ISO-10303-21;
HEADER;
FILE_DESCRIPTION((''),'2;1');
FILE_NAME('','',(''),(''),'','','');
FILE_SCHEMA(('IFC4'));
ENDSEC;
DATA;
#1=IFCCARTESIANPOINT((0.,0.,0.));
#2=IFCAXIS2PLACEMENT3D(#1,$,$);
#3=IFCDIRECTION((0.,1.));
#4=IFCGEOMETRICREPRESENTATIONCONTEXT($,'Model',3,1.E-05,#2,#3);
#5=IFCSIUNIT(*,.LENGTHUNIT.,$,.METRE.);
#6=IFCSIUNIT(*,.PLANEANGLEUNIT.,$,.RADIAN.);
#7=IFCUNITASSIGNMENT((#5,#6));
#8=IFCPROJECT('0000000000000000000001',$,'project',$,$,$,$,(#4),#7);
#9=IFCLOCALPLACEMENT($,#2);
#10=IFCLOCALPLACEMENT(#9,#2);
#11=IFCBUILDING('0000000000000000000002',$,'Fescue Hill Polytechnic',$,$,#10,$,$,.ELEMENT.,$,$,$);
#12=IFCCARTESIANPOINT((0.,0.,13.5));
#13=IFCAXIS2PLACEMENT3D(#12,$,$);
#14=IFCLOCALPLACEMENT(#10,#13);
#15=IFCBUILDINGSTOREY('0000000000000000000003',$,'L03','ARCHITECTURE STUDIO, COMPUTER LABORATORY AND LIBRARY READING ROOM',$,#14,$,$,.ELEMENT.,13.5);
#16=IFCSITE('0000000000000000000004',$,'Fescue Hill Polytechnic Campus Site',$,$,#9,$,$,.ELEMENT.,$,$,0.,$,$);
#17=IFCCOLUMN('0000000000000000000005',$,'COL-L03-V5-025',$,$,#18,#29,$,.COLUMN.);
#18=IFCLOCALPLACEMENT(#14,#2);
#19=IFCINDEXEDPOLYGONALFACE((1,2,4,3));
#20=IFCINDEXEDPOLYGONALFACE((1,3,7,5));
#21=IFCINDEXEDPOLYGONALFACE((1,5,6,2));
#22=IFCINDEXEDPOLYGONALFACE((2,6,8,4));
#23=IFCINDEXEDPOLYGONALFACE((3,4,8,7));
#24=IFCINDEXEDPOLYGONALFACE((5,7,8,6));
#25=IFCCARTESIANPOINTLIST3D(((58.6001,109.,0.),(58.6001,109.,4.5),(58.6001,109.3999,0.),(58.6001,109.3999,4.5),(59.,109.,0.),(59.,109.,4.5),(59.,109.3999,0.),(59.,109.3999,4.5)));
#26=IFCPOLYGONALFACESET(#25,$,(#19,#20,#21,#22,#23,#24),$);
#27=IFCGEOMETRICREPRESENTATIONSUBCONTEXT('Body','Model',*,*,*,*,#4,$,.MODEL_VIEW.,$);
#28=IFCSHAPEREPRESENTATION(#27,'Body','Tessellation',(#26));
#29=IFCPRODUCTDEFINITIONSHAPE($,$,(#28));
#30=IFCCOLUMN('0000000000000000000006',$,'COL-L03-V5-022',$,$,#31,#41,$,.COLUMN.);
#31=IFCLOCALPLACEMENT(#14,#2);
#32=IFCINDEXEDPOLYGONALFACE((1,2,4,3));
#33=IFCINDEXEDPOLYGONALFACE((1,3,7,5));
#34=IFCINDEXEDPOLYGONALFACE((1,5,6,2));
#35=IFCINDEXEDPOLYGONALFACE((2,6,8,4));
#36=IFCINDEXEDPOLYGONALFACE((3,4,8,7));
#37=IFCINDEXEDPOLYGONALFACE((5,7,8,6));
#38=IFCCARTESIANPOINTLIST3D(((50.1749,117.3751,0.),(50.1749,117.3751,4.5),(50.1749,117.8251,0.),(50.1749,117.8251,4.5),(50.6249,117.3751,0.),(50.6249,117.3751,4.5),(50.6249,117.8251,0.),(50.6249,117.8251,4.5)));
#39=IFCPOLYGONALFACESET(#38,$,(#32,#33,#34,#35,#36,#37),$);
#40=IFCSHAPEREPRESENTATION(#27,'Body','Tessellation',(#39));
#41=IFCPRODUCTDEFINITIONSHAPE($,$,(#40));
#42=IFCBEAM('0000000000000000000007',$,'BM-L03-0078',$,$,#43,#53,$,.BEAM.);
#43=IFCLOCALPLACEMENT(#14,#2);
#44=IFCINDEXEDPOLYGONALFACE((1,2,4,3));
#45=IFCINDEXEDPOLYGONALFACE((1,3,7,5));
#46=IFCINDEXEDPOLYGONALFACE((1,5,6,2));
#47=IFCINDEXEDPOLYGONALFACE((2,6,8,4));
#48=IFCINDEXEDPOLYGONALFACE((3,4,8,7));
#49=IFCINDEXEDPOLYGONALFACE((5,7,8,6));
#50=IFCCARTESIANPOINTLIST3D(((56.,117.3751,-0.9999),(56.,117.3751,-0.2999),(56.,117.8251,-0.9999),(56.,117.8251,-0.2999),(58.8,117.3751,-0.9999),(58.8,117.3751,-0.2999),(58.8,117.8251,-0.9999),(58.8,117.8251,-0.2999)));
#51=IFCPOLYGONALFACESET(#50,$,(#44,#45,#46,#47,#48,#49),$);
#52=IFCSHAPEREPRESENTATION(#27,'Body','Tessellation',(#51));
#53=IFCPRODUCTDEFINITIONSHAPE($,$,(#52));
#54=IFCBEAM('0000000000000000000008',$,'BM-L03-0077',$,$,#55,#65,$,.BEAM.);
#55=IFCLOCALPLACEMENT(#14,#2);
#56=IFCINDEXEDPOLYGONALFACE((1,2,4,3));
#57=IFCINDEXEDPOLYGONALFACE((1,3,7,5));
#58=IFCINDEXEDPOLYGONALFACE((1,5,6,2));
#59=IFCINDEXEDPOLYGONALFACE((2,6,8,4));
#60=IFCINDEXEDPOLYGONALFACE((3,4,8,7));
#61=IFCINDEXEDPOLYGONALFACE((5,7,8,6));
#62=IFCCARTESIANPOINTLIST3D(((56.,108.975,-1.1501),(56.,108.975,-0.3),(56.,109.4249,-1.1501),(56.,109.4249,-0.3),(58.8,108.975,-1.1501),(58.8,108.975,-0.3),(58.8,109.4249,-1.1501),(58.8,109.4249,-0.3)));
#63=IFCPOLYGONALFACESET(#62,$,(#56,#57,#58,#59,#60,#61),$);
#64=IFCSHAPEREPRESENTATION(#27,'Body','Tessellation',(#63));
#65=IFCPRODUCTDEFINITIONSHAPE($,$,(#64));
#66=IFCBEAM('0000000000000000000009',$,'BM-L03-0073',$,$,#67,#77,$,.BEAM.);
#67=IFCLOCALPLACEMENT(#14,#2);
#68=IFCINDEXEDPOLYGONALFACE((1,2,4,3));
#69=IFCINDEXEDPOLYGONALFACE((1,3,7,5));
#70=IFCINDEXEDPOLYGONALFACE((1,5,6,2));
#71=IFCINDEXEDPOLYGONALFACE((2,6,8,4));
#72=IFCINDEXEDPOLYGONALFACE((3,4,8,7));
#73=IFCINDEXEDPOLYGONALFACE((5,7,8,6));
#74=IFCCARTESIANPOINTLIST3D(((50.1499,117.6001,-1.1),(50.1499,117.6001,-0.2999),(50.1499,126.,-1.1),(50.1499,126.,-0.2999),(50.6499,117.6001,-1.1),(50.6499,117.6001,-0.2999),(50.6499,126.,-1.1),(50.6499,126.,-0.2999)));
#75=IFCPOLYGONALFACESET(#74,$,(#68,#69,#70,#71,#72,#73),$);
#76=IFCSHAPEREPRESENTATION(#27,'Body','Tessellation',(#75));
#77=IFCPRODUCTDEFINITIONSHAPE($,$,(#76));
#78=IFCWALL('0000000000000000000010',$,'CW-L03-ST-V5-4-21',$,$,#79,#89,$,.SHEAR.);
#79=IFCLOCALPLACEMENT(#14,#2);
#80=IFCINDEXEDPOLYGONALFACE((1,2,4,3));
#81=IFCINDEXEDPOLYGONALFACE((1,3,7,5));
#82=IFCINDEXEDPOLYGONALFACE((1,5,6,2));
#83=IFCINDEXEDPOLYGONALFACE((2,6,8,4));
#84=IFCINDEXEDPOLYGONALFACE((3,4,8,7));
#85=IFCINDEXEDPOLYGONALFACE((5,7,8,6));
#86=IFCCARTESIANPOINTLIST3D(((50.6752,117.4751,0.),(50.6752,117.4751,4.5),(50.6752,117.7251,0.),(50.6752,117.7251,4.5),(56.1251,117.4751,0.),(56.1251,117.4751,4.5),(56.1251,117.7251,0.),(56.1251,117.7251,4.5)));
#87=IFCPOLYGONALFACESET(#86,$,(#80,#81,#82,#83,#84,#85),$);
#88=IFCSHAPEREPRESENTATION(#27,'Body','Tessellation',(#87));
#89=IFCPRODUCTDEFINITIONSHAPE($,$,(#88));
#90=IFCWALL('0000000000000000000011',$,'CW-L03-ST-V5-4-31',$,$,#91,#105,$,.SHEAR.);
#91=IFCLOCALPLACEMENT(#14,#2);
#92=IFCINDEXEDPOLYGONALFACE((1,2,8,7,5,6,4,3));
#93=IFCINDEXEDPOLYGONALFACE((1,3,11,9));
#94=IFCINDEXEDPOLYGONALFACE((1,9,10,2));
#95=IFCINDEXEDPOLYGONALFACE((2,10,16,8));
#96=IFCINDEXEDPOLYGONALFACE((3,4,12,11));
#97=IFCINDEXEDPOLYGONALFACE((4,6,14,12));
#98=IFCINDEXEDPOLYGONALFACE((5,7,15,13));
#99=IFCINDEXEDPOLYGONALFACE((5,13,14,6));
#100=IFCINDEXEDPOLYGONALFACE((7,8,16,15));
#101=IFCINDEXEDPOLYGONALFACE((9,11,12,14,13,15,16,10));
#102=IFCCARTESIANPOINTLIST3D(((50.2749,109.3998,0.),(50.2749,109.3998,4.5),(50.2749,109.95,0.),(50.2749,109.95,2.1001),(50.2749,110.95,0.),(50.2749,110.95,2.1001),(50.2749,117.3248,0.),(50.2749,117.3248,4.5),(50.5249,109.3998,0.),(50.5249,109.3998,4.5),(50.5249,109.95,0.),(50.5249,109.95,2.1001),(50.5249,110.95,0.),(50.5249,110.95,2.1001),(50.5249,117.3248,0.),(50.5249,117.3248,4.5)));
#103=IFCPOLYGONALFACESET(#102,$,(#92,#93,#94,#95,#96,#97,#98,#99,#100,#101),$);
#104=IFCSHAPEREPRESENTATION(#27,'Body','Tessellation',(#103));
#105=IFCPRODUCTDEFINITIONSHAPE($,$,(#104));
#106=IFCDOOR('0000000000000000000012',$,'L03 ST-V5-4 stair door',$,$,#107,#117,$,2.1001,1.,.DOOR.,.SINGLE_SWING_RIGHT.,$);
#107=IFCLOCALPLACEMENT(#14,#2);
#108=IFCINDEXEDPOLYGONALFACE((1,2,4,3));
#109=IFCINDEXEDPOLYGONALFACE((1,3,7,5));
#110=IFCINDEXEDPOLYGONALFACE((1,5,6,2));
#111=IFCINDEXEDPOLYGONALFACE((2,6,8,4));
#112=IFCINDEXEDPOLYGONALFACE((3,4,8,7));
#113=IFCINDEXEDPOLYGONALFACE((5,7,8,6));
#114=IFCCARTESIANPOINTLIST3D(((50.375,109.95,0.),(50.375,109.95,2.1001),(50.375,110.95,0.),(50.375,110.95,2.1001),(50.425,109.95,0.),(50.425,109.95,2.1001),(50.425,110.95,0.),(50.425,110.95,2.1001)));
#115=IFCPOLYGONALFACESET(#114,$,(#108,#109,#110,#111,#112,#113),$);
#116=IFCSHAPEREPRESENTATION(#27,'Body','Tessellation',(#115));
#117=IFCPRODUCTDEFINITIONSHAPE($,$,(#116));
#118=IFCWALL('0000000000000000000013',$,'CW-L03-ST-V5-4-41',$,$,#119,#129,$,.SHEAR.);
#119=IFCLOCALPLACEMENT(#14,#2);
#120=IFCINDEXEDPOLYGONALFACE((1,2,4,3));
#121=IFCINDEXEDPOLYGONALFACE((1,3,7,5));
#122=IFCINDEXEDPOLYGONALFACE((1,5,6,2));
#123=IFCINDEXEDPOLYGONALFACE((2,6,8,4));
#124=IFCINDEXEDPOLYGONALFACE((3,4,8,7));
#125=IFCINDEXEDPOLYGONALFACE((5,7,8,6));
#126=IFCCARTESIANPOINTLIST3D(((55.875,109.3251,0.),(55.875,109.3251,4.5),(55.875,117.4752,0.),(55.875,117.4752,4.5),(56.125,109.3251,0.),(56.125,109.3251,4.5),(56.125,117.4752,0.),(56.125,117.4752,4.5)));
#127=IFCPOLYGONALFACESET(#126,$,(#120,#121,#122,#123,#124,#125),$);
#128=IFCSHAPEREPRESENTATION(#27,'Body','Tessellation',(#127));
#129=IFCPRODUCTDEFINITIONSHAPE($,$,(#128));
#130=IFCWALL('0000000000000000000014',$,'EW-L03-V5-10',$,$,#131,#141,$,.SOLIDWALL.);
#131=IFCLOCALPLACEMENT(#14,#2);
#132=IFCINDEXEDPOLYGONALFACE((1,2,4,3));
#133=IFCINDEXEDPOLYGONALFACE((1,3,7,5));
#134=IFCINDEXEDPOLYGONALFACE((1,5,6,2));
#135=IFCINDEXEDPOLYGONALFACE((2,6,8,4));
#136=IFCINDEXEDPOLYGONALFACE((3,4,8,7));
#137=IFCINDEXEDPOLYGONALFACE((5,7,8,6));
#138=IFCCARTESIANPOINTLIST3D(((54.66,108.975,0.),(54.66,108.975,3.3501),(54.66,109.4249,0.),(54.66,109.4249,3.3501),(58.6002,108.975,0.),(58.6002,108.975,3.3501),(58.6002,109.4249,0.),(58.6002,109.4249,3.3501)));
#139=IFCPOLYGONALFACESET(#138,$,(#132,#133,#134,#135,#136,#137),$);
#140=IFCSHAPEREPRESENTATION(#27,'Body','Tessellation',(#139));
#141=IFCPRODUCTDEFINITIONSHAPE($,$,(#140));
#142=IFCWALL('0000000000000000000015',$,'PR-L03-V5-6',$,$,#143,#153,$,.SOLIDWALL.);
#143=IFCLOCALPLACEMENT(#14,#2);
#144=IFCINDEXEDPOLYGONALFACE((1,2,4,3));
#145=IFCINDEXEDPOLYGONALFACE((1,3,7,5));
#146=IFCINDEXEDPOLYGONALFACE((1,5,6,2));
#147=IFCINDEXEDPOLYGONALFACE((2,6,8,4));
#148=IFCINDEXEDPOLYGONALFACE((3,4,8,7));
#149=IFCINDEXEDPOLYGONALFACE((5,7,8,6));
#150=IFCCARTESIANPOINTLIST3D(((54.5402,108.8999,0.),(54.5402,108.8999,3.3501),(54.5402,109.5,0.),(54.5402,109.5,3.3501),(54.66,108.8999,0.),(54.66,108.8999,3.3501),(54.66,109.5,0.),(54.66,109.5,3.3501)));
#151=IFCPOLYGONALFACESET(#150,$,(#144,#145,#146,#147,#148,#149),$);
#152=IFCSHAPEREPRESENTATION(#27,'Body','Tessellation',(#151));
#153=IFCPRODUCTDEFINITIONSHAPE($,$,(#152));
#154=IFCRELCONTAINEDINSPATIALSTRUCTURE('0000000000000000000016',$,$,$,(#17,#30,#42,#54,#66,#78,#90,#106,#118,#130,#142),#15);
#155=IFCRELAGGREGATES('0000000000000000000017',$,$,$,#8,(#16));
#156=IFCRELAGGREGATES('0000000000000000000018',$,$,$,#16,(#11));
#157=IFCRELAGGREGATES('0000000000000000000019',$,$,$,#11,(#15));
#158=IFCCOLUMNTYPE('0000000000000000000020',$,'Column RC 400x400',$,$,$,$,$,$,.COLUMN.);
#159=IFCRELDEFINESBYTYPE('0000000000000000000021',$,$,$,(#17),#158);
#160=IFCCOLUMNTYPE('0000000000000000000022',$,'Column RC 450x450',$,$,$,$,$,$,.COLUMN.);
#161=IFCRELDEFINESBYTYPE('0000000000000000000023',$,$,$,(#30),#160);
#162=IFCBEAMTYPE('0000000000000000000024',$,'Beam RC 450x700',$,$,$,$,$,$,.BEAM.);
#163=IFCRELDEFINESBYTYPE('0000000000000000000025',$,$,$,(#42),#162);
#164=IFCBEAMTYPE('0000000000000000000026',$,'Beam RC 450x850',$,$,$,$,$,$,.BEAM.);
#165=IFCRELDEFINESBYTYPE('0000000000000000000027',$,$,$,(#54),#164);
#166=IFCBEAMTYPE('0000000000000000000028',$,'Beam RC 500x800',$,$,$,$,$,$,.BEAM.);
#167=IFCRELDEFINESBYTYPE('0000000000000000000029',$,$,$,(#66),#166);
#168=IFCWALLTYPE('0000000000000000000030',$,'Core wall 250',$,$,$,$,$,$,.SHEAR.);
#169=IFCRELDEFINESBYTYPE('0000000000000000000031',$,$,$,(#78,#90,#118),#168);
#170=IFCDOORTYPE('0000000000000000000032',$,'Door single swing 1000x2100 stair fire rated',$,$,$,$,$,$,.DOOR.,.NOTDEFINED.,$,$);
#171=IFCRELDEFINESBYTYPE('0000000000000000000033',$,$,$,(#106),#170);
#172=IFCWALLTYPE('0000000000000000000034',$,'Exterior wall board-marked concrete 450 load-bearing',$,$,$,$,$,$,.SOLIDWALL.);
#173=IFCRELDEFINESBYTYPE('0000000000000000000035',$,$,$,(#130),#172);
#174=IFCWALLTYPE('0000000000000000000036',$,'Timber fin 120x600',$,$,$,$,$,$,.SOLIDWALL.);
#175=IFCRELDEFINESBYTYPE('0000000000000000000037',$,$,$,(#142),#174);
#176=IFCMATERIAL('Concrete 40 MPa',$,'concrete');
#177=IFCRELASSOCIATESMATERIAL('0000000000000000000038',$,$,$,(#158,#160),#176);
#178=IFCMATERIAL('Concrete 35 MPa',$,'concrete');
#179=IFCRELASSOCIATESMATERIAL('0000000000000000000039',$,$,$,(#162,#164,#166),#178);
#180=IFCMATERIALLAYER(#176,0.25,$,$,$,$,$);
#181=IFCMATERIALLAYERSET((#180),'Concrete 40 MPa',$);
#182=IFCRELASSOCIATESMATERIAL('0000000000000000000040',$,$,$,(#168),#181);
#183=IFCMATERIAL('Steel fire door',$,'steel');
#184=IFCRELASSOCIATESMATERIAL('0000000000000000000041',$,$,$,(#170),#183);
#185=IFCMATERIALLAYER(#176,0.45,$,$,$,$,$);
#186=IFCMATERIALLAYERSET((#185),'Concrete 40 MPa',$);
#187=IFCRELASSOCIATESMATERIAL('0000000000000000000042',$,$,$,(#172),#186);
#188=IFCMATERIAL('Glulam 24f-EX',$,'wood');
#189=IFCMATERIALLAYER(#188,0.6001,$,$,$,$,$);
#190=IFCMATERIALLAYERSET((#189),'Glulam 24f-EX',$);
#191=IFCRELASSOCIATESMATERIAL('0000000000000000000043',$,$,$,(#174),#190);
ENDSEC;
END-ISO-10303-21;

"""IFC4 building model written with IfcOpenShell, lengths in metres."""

from ifc_helpers import new_model, si_unit, direction, frame, frame_2d, origin, origin_2d, place, context, subcontext, project, spatial, rectangle, extrude, material, layer, layer_set, material_profile, profile_set, type_object, element, fill, save


model = new_model("IFC4")

# Units and contexts
model_context = context("Model", 3, precision=1e-05, world=origin(), true_north=direction((0.0, 1.0)))
body_context = subcontext(model_context, "Body", "Model", "MODEL_VIEW")
ifc_project = project(units=[si_unit("LENGTHUNIT", "METRE"), si_unit("PLANEANGLEUNIT", "RADIAN")], contexts=[model_context])

# Site, building, storey
site_placement = place(None, origin())
site = spatial("IfcSite", under=ifc_project, at=site_placement, Name="Fescue Hill Polytechnic Campus Site", CompositionType="ELEMENT", RefElevation=0.0)
building_placement = place(site_placement, origin())
building = spatial("IfcBuilding", under=site, at=building_placement, Name="Fescue Hill Polytechnic", CompositionType="ELEMENT")
storey_placement = place(building_placement, frame((0.0, 0.0, 13.5)))
storey = spatial("IfcBuildingStorey", under=building, at=storey_placement, Name="L03", Description="ARCHITECTURE STUDIO, COMPUTER LABORATORY AND LIBRARY READING ROOM", CompositionType="ELEMENT", Elevation=13.5)

# Columns
ifc_material_1 = material(Name="Concrete 40 MPa", Category="concrete")
ifc_material_profile_1 = material_profile(ifc_material_1, rectangle(XDim=0.3999, YDim=0.3999, at=origin_2d()), Name="RC 400x400")
ifc_profile_set_1 = profile_set([ifc_material_profile_1], Name="Concrete 40 MPa")
column_type_1 = type_object("IfcColumnType", Name="Column RC 400x400", PredefinedType="COLUMN", material=ifc_profile_set_1)
column_1_placement = place(storey_placement, frame((58.8, 109.2, 0.0), z_axis=(0.0, 0.0, 1.0), x_axis=(1.0, 0.0, 0.0)))
element("IfcColumn", 1, at=column_1_placement, inside=storey, type_object=column_type_1, Name="COL-L03-V5-025", PredefinedType="COLUMN", context=body_context, shape_type="SweptSolid", body=[
    extrude(rectangle(XDim=0.3999, YDim=0.3999, at=origin_2d()), origin(), (0.0, 0.0, 1.0), 4.5),
])
ifc_material_profile_2 = material_profile(ifc_material_1, rectangle(XDim=0.45, YDim=0.45, at=origin_2d()), Name="RC 450x450")
ifc_profile_set_2 = profile_set([ifc_material_profile_2], Name="Concrete 40 MPa")
column_type_2 = type_object("IfcColumnType", Name="Column RC 450x450", PredefinedType="COLUMN", material=ifc_profile_set_2)
column_2_placement = place(storey_placement, frame((50.3999, 117.6001, 0.0), z_axis=(0.0, 0.0, 1.0), x_axis=(1.0, 0.0, 0.0)))
element("IfcColumn", 2, at=column_2_placement, inside=storey, type_object=column_type_2, Name="COL-L03-V5-022", PredefinedType="COLUMN", context=body_context, shape_type="SweptSolid", body=[
    extrude(rectangle(XDim=0.45, YDim=0.45, at=origin_2d()), origin(), (0.0, 0.0, 1.0), 4.5),
])

# Beams
ifc_material_2 = material(Name="Concrete 35 MPa", Category="concrete")
ifc_material_profile_3 = material_profile(ifc_material_2, rectangle(XDim=0.45, YDim=0.7, at=origin_2d()), Name="RC 450x700")
ifc_profile_set_3 = profile_set([ifc_material_profile_3], Name="Concrete 35 MPa")
beam_type_1 = type_object("IfcBeamType", Name="Beam RC 450x700", PredefinedType="BEAM", material=ifc_profile_set_3)
beam_1_placement = place(storey_placement, frame((56.0, 117.6001, -0.6499), z_axis=(1.0, 0.0, 0.0), x_axis=(0.0, 1.0, 0.0)))
element("IfcBeam", 3, at=beam_1_placement, inside=storey, type_object=beam_type_1, Name="BM-L03-0078", PredefinedType="BEAM", context=body_context, shape_type="SweptSolid", body=[
    extrude(rectangle(XDim=0.45, YDim=0.7, at=origin_2d()), origin(), (0.0, 0.0, 1.0), 2.8),
])
ifc_material_profile_4 = material_profile(ifc_material_2, rectangle(XDim=0.45, YDim=0.8501, at=origin_2d()), Name="RC 450x850")
ifc_profile_set_4 = profile_set([ifc_material_profile_4], Name="Concrete 35 MPa")
beam_type_2 = type_object("IfcBeamType", Name="Beam RC 450x850", PredefinedType="BEAM", material=ifc_profile_set_4)
beam_2_placement = place(storey_placement, frame((56.0, 109.2, -0.7251), z_axis=(1.0, 0.0, 0.0), x_axis=(0.0, 1.0, 0.0)))
element("IfcBeam", 4, at=beam_2_placement, inside=storey, type_object=beam_type_2, Name="BM-L03-0077", PredefinedType="BEAM", context=body_context, shape_type="SweptSolid", body=[
    extrude(rectangle(XDim=0.45, YDim=0.8501, at=origin_2d()), origin(), (0.0, 0.0, 1.0), 2.8),
])
ifc_material_profile_5 = material_profile(ifc_material_2, rectangle(XDim=0.5, YDim=0.8, at=origin_2d()), Name="RC 500x800")
ifc_profile_set_5 = profile_set([ifc_material_profile_5], Name="Concrete 35 MPa")
beam_type_3 = type_object("IfcBeamType", Name="Beam RC 500x800", PredefinedType="BEAM", material=ifc_profile_set_5)
beam_3_placement = place(storey_placement, frame((50.3999, 117.6001, -0.7), z_axis=(0.0, 1.0, 0.0), x_axis=(-1.0, 0.0, 0.0)))
element("IfcBeam", 5, at=beam_3_placement, inside=storey, type_object=beam_type_3, Name="BM-L03-0073", PredefinedType="BEAM", context=body_context, shape_type="SweptSolid", body=[
    extrude(rectangle(XDim=0.5, YDim=0.8, at=origin_2d()), origin(), (0.0, 0.0, 1.0), 8.3999),
])

# Wall
ifc_layer_1 = layer(ifc_material_1, 0.25)
ifc_layer_set_1 = layer_set([ifc_layer_1], Name="Concrete 40 MPa")
wall_type_1 = type_object("IfcWallType", Name="Core wall 250", PredefinedType="SHEAR", material=ifc_layer_set_1)
wall_1_placement = place(storey_placement, frame((50.675, 117.6001, 0.0), z_axis=(0.0, 0.0, 1.0), x_axis=(1.0, 0.0, 0.0)))
element("IfcWall", 6, at=wall_1_placement, inside=storey, type_object=wall_type_1, Name="CW-L03-ST-V5-4-21", PredefinedType="SHEAR", context=body_context, shape_type="SweptSolid", body=[
    extrude(rectangle(XDim=5.45, YDim=0.25, at=frame_2d((2.7251, 0.0))), origin(), (0.0, 0.0, 1.0), 4.5),
])

# Wall, opening, door
wall_2_placement = place(storey_placement, frame((50.3999, 109.3999, 0.0), z_axis=(0.0, 0.0, 1.0), x_axis=(0.0, 1.0, 0.0)))
wall_2 = element("IfcWall", 7, at=wall_2_placement, inside=storey, type_object=wall_type_1, Name="CW-L03-ST-V5-4-31", PredefinedType="SHEAR", context=body_context, shape_type="SweptSolid", body=[
    extrude(rectangle(XDim=7.925, YDim=0.25, at=frame_2d((3.9624, 0.0))), origin(), (0.0, 0.0, 1.0), 4.5),
])
opening_1_placement = place(wall_2_placement, frame((0.55, 0.0, 0.0)))
opening_1 = element("IfcOpeningElement", 8, at=opening_1_placement, cuts=wall_2, PredefinedType="OPENING", context=body_context, shape_type="SweptSolid", body=[
    extrude(rectangle(XDim=1.0, YDim=2.1001, at=frame_2d((0.5, 1.05))), frame((0.0, 0.135, 0.0), z_axis=(0.0, -1.0, 0.0), x_axis=(1.0, 0.0, 0.0)), (0.0, 0.0, 1.0), 0.27),
])
ifc_material_3 = material(Name="Steel fire door", Category="steel")
door_type_1 = type_object("IfcDoorType", Name="Door single swing 1000x2100 stair fire rated", OperationType="NOTDEFINED", PredefinedType="DOOR", material=ifc_material_3)
door_1_placement = place(opening_1_placement, origin())
door_1 = element("IfcDoor", 9, at=door_1_placement, inside=storey, type_object=door_type_1, Name="L03 ST-V5-4 stair door", OperationType="SINGLE_SWING_RIGHT", OverallHeight=2.1001, OverallWidth=1.0, PredefinedType="DOOR", context=body_context, shape_type="SweptSolid", body=[
    extrude(rectangle(XDim=1.0, YDim=2.1001, at=frame_2d((0.5, 1.05))), frame((0.0, 0.0249, 0.0), z_axis=(0.0, -1.0, 0.0), x_axis=(1.0, 0.0, 0.0)), (0.0, 0.0, 1.0), 0.05),
])
fill(opening_1, door_1)

# Walls
wall_3_placement = place(storey_placement, frame((56.0, 109.325, 0.0), z_axis=(0.0, 0.0, 1.0), x_axis=(0.0, 1.0, 0.0)))
element("IfcWall", 10, at=wall_3_placement, inside=storey, type_object=wall_type_1, Name="CW-L03-ST-V5-4-41", PredefinedType="SHEAR", context=body_context, shape_type="SweptSolid", body=[
    extrude(rectangle(XDim=8.1501, YDim=0.25, at=frame_2d((4.0752, 0.0))), origin(), (0.0, 0.0, 1.0), 4.5),
])
ifc_layer_2 = layer(ifc_material_1, 0.45)
ifc_layer_set_2 = layer_set([ifc_layer_2], Name="Concrete 40 MPa")
wall_type_2 = type_object("IfcWallType", Name="Exterior wall board-marked concrete 450 load-bearing", PredefinedType="SOLIDWALL", material=ifc_layer_set_2)
wall_4_placement = place(storey_placement, frame((54.6599, 109.2, 0.0), z_axis=(0.0, 0.0, 1.0), x_axis=(1.0, 0.0, 0.0)))
element("IfcWall", 11, at=wall_4_placement, inside=storey, type_object=wall_type_2, Name="EW-L03-V5-10", PredefinedType="SOLIDWALL", context=body_context, shape_type="SweptSolid", body=[
    extrude(rectangle(XDim=3.9402, YDim=0.45, at=frame_2d((1.9702, 0.0))), origin(), (0.0, 0.0, 1.0), 3.3501),
])
ifc_material_4 = material(Name="Glulam 24f-EX", Category="wood")
ifc_layer_3 = layer(ifc_material_4, 0.6001)
ifc_layer_set_3 = layer_set([ifc_layer_3], Name="Glulam 24f-EX")
wall_type_3 = type_object("IfcWallType", Name="Timber fin 120x600", PredefinedType="SOLIDWALL", material=ifc_layer_set_3)
wall_5_placement = place(storey_placement, frame((54.54, 109.2, 0.0), z_axis=(0.0, 0.0, 1.0), x_axis=(1.0, 0.0, 0.0)))
element("IfcWall", 12, at=wall_5_placement, inside=storey, type_object=wall_type_3, Name="PR-L03-V5-6", PredefinedType="SOLIDWALL", context=body_context, shape_type="SweptSolid", body=[
    extrude(rectangle(XDim=0.1199, YDim=0.6001, at=frame_2d((0.0601, 0.0))), origin(), (0.0, 0.0, 1.0), 3.3501),
])

save(model, "model.ifc")
